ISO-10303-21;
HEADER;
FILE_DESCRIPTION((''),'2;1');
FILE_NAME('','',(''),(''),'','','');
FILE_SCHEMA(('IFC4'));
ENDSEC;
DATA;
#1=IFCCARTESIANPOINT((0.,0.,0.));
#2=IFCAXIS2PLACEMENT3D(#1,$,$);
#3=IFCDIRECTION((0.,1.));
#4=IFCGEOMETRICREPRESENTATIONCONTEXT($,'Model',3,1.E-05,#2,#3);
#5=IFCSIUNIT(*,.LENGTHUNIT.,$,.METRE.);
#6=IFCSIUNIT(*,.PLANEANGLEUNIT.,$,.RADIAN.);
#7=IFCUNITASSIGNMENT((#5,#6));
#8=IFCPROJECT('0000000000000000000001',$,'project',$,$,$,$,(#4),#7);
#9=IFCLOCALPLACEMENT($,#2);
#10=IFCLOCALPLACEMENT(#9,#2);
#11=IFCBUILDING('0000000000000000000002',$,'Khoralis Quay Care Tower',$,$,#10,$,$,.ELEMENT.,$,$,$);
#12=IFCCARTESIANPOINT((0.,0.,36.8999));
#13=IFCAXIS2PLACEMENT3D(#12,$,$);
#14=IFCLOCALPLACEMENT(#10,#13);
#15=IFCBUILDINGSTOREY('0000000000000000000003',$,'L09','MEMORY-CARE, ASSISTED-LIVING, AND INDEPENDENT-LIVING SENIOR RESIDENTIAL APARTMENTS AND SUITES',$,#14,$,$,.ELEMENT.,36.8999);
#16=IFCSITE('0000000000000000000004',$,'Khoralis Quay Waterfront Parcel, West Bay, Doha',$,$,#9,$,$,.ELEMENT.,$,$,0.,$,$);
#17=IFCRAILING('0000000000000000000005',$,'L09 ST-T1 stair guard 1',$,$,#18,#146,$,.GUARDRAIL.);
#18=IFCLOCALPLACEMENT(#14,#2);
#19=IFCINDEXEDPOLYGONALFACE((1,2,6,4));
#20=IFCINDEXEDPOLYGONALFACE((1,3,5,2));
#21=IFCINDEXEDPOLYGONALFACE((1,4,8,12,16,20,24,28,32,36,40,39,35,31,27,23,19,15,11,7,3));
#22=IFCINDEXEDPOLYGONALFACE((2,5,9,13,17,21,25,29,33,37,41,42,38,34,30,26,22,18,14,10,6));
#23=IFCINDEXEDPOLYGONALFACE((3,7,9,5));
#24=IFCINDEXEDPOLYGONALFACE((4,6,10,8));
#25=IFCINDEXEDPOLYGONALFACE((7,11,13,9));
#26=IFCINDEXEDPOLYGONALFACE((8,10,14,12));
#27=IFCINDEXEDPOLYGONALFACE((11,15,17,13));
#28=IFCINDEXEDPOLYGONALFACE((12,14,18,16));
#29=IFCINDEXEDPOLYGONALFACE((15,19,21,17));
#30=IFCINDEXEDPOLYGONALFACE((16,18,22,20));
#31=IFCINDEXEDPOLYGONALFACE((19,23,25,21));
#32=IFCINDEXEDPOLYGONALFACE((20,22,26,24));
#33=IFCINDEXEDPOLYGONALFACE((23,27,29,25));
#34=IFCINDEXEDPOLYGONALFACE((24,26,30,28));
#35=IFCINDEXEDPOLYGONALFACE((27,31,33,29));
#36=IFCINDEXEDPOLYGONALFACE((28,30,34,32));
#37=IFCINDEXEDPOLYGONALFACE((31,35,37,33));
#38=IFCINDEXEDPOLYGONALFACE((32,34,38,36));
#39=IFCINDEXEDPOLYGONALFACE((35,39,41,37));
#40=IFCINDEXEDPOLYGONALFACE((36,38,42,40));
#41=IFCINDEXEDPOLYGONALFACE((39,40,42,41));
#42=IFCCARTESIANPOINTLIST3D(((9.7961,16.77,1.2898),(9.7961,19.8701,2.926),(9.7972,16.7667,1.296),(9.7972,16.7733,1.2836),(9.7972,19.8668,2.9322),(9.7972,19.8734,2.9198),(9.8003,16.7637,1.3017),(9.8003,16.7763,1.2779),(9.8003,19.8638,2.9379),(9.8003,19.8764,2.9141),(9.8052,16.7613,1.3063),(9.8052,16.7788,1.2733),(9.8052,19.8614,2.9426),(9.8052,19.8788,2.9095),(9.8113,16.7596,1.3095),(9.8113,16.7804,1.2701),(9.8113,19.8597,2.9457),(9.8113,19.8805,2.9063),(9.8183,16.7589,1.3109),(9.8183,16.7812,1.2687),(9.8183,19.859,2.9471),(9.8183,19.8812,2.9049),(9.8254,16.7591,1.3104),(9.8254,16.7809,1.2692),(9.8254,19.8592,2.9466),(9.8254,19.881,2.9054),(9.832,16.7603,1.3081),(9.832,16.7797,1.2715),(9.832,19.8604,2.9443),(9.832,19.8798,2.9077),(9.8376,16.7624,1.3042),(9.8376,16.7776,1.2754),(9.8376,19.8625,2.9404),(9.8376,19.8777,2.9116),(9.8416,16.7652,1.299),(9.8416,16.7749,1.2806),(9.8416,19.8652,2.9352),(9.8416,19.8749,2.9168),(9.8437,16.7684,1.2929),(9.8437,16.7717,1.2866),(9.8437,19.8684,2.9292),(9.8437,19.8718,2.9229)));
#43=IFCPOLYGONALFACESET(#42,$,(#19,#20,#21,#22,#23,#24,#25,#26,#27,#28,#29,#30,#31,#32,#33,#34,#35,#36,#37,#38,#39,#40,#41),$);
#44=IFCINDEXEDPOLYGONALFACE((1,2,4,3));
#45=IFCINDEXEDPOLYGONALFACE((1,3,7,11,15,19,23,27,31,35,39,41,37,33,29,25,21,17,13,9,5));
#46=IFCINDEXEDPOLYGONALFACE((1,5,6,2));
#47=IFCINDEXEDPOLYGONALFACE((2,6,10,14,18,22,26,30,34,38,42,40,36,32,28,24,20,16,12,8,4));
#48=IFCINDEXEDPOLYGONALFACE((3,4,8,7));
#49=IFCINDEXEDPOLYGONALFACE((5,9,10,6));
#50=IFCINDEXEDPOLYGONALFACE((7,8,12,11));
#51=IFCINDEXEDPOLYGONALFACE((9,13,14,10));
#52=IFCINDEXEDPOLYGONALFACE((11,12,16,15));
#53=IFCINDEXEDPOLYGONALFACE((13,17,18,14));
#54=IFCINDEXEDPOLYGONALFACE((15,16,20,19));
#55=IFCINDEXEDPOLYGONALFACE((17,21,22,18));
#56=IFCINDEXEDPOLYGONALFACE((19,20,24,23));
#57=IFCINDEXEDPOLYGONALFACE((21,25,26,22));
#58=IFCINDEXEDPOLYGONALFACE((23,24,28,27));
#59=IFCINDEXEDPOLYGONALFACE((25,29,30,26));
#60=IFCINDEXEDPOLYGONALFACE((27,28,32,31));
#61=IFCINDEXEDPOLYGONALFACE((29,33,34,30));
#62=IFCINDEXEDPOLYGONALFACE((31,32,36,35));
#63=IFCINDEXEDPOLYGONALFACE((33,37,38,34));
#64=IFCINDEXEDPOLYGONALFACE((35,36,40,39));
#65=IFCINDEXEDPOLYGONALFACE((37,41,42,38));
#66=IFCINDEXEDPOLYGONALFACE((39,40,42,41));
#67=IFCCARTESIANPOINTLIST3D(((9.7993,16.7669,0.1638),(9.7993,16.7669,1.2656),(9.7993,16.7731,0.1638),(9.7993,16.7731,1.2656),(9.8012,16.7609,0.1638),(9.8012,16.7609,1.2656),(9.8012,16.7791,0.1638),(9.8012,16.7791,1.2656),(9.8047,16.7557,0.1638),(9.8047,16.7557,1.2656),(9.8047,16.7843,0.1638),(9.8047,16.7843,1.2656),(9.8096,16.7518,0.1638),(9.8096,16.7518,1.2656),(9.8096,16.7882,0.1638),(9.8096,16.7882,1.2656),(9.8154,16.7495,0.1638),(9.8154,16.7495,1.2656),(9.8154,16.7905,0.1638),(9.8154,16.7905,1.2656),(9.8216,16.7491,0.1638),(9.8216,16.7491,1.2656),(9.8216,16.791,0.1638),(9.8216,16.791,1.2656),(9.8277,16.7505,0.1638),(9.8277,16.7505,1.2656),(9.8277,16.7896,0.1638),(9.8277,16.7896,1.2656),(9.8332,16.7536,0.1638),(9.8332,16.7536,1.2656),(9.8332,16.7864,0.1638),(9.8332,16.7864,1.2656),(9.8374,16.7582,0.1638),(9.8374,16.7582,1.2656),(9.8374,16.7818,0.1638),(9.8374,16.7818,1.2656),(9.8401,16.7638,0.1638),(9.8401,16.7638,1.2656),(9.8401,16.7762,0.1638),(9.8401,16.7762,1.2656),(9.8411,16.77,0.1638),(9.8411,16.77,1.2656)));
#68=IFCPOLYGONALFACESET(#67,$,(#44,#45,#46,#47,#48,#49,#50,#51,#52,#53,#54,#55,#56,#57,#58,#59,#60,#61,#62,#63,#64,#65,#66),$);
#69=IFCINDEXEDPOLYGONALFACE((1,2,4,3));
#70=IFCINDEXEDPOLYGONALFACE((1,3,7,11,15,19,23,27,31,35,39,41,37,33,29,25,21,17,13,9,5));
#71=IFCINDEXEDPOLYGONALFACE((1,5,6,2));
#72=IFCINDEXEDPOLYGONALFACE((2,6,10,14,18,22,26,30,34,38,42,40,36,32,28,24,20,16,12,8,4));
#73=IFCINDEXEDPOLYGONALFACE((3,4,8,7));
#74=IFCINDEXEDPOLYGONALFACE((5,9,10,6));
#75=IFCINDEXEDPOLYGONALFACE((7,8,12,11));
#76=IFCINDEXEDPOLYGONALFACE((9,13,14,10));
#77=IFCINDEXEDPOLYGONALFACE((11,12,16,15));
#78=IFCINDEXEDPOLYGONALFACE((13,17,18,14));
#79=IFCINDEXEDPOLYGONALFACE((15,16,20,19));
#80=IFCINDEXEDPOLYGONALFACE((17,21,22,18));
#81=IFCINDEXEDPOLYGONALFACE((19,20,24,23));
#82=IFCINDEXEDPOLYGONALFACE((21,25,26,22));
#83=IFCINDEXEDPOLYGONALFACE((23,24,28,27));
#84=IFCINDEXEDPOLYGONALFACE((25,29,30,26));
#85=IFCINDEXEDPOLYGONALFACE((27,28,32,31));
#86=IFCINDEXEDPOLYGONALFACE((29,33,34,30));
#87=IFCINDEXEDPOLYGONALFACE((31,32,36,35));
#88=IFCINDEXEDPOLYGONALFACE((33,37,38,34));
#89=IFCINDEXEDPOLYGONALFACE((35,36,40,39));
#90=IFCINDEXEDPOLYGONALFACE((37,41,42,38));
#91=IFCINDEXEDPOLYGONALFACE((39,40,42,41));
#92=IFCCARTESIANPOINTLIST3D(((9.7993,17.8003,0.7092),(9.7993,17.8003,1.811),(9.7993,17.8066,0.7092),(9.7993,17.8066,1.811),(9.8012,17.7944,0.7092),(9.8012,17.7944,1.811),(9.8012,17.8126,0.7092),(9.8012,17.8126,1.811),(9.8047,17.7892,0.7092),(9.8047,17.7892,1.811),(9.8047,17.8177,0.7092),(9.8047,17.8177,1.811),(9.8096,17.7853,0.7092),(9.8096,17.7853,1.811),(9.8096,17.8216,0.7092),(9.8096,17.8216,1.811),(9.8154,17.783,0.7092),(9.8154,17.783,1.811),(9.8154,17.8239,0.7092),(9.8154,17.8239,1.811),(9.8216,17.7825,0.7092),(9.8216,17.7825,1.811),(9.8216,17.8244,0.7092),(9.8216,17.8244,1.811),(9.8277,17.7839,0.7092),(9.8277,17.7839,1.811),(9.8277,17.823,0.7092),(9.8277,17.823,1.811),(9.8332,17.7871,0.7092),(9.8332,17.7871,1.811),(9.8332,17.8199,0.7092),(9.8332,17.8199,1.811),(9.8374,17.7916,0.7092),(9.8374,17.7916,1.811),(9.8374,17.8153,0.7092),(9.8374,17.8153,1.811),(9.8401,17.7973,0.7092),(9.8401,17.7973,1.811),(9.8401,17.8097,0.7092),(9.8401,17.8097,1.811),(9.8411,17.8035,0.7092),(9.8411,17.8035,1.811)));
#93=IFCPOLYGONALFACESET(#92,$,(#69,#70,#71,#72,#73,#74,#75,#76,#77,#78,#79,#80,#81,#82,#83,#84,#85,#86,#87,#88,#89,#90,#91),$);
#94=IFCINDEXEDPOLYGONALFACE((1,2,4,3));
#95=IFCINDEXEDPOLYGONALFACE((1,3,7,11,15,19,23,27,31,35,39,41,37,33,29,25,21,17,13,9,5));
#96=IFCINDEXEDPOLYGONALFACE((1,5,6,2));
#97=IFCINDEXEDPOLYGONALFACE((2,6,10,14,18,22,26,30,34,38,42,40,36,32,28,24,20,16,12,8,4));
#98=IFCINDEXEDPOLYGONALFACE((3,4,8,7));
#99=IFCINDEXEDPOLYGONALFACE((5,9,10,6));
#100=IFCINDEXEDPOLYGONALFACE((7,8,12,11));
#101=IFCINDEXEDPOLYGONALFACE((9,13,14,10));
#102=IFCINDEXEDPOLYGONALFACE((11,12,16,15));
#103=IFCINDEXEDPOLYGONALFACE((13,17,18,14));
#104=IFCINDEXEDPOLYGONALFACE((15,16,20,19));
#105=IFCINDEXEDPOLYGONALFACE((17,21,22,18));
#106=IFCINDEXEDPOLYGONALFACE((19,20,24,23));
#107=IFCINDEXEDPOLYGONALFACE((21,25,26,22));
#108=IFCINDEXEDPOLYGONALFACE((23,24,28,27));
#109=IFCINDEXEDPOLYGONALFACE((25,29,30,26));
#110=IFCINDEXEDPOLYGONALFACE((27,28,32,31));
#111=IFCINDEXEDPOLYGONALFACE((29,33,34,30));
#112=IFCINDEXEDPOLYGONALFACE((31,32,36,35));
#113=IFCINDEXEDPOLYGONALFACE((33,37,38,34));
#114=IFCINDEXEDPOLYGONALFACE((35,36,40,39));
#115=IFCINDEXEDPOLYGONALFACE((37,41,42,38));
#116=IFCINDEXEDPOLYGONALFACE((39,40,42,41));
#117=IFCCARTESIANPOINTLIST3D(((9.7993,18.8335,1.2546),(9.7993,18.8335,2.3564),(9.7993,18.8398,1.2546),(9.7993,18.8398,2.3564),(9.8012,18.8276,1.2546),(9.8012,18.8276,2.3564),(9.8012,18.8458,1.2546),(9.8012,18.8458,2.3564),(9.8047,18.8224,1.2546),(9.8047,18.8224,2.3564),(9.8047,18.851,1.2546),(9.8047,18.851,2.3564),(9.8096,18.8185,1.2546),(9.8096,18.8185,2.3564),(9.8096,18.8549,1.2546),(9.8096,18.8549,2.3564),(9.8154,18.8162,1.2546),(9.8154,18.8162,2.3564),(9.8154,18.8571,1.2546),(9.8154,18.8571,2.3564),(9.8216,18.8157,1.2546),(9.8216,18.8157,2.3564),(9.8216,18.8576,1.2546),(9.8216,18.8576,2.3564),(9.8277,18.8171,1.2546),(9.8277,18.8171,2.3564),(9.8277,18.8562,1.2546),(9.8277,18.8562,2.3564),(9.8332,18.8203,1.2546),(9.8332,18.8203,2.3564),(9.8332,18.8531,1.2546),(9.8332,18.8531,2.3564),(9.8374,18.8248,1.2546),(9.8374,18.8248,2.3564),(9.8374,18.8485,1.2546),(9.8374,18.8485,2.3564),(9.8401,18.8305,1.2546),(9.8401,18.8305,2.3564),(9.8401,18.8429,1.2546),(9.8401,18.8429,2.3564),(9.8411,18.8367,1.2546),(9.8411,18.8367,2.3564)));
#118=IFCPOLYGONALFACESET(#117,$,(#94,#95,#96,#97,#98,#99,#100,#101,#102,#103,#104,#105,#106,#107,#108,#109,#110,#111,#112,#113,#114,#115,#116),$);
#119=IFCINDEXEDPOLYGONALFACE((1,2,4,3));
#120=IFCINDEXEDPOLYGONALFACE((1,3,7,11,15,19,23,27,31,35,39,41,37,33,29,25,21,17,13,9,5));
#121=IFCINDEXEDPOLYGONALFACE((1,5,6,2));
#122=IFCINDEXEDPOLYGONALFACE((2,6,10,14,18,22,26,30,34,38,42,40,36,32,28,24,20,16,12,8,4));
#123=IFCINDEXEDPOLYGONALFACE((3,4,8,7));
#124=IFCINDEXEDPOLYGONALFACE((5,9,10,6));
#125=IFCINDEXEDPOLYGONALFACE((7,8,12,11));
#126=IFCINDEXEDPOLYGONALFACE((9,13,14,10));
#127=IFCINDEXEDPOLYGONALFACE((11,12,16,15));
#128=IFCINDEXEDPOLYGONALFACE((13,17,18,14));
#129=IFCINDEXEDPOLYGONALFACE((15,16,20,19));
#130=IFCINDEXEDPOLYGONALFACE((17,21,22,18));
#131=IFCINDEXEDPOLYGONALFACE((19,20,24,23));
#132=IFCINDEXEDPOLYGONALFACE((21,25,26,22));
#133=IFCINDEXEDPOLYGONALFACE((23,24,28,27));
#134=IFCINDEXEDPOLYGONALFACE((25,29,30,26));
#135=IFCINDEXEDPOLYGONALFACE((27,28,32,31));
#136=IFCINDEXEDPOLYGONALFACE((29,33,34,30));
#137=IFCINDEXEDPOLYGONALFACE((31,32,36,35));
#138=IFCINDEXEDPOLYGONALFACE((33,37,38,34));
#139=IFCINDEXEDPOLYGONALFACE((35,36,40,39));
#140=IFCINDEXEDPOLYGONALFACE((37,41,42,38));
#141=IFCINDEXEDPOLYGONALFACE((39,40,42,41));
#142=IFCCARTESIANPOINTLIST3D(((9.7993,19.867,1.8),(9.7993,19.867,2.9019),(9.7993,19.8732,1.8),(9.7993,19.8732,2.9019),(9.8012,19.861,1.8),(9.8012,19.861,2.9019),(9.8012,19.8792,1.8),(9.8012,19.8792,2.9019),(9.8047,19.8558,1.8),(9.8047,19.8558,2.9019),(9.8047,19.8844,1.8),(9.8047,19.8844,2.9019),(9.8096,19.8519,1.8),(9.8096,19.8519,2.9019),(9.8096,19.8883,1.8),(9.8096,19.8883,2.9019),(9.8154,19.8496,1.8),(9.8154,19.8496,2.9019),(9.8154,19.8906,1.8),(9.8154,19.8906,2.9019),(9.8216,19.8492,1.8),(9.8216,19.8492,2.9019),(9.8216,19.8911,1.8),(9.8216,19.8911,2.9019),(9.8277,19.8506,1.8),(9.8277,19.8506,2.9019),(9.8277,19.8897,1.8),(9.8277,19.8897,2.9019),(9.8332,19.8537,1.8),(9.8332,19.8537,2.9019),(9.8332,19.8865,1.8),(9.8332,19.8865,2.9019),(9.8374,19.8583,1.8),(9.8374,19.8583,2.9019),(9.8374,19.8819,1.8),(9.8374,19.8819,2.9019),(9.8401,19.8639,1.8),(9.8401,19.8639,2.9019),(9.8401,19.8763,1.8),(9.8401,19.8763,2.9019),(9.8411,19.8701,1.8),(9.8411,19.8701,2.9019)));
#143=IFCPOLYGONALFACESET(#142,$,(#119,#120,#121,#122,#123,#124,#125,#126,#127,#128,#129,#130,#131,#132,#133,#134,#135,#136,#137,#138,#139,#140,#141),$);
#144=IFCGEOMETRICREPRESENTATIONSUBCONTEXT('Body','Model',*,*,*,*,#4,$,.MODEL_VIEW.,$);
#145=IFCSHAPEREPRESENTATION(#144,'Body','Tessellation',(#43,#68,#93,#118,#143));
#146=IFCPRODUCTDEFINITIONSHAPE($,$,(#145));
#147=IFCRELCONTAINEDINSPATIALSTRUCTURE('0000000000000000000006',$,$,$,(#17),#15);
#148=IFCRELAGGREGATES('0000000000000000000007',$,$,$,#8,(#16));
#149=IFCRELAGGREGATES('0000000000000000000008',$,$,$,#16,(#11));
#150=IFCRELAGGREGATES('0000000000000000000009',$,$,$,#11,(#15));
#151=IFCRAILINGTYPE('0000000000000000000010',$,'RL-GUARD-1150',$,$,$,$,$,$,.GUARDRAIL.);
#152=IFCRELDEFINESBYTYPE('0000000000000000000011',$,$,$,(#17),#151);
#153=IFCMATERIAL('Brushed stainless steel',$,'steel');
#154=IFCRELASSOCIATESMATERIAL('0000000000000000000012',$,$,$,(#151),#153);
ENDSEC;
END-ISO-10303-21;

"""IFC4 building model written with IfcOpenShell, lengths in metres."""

from ifc_helpers import new_model, si_unit, direction, frame, origin, origin_2d, place, context, subcontext, project, spatial, circle, extrude, material, type_object, element, save


model = new_model("IFC4")

# Units and contexts
model_context = context("Model", 3, precision=1e-05, world=origin(), true_north=direction((0.0, 1.0)))
body_context = subcontext(model_context, "Body", "Model", "MODEL_VIEW")
ifc_project = project(units=[si_unit("LENGTHUNIT", "METRE"), si_unit("PLANEANGLEUNIT", "RADIAN")], contexts=[model_context])

# Site, building, storey
site_placement = place(None, origin())
site = spatial("IfcSite", under=ifc_project, at=site_placement, Name="Khoralis Quay Waterfront Parcel, West Bay, Doha", CompositionType="ELEMENT", RefElevation=0.0)
building_placement = place(site_placement, origin())
building = spatial("IfcBuilding", under=site, at=building_placement, Name="Khoralis Quay Care Tower", CompositionType="ELEMENT")
storey_placement = place(building_placement, frame((0.0, 0.0, 36.8999)))
storey = spatial("IfcBuildingStorey", under=building, at=storey_placement, Name="L09", Description="MEMORY-CARE, ASSISTED-LIVING, AND INDEPENDENT-LIVING SENIOR RESIDENTIAL APARTMENTS AND SUITES", CompositionType="ELEMENT", Elevation=36.8999)

# Shared definitions
ifc_material_1 = material(Name="Brushed stainless steel", Category="steel")

# Railing
railing_type_1 = type_object("IfcRailingType", Name="RL-GUARD-1150", PredefinedType="GUARDRAIL", material=ifc_material_1)
railing_1_placement = place(storey_placement, frame((9.8201, 16.77, 0.1638)))
element("IfcRailing", 1, at=railing_1_placement, inside=storey, type_object=railing_type_1, Name="L09 ST-T1 stair guard 1", PredefinedType="GUARDRAIL", context=body_context, shape_type="SweptSolid", body=[
    extrude(circle(Radius=0.0239, at=origin_2d()), frame((0.0, 0.0, 1.126), z_axis=(0.0, 0.884377, 0.466774), x_axis=(-1.0, 0.0, 0.0)), (0.0, 0.0, 1.0), 3.5054),
    extrude(circle(Radius=0.021, at=origin_2d()), origin(), (0.0, 0.0, 1.0), 1.1018),
    extrude(circle(Radius=0.021, at=origin_2d()), frame((0.0, 1.0334, 0.5454)), (0.0, 0.0, 1.0), 1.1018),
    extrude(circle(Radius=0.021, at=origin_2d()), frame((0.0, 2.0667, 1.0908)), (0.0, 0.0, 1.0), 1.1018),
    extrude(circle(Radius=0.021, at=origin_2d()), frame((0.0, 3.1001, 1.6362)), (0.0, 0.0, 1.0), 1.1018),
])

save(model, "model.ifc")
